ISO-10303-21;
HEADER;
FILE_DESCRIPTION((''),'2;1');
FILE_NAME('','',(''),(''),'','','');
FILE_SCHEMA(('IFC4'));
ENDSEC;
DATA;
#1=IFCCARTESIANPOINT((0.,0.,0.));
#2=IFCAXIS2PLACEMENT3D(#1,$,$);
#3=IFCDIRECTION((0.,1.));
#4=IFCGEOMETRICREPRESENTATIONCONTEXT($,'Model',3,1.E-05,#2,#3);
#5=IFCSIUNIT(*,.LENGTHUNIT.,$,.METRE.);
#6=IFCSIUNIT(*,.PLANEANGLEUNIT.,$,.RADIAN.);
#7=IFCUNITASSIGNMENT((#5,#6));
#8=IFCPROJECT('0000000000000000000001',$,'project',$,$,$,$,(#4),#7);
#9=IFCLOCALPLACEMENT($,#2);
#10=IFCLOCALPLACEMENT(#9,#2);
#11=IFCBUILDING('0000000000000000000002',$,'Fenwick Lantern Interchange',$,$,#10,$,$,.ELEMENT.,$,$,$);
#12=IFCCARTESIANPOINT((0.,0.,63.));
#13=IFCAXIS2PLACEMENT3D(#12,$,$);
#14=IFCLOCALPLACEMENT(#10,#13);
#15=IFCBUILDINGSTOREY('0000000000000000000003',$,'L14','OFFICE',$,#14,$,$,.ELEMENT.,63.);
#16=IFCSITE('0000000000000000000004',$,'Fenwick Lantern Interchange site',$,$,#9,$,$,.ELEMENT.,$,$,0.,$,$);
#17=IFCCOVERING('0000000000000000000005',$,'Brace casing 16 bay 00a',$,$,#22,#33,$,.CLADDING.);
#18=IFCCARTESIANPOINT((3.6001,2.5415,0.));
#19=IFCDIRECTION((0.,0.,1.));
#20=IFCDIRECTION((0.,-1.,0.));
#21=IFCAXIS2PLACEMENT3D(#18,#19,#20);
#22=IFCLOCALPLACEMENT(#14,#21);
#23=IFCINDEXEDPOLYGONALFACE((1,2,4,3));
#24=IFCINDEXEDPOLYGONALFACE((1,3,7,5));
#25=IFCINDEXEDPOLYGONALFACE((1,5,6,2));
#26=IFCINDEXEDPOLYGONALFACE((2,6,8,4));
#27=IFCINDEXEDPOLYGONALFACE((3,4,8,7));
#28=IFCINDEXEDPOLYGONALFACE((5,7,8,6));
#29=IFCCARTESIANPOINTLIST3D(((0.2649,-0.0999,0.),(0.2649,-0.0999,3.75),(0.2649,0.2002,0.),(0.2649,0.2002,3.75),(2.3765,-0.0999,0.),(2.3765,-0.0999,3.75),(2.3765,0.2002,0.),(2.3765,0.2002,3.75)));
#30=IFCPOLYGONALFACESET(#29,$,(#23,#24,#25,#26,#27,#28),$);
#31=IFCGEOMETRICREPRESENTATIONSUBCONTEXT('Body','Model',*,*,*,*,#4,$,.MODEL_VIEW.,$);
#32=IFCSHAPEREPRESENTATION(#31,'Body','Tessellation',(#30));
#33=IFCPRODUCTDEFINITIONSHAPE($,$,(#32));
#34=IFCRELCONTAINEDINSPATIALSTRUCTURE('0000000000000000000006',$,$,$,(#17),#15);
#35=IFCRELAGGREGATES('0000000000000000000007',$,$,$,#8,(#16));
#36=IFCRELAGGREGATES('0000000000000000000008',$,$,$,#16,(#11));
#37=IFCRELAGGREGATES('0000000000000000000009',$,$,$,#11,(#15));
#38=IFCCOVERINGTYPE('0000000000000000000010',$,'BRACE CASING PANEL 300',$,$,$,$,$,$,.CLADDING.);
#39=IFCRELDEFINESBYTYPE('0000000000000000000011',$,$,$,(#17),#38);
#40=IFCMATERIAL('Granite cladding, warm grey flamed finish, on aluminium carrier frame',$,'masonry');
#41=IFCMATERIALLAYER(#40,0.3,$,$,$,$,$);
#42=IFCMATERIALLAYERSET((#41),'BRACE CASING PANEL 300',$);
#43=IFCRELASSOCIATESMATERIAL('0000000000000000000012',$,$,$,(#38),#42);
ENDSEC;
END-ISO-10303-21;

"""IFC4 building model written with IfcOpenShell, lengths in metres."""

from ifc_helpers import new_model, si_unit, direction, frame, origin, place, context, subcontext, project, spatial, polyline, outline, extrude, material, layer, layer_set, type_object, element, save


model = new_model("IFC4")

# Units and contexts
model_context = context("Model", 3, precision=1e-05, world=origin(), true_north=direction((0.0, 1.0)))
body_context = subcontext(model_context, "Body", "Model", "MODEL_VIEW")
ifc_project = project(units=[si_unit("LENGTHUNIT", "METRE"), si_unit("PLANEANGLEUNIT", "RADIAN")], contexts=[model_context])

# Site, building, storey
site_placement = place(None, origin())
site = spatial("IfcSite", under=ifc_project, at=site_placement, Name="Fenwick Lantern Interchange site", CompositionType="ELEMENT", RefElevation=0.0)
building_placement = place(site_placement, origin())
building = spatial("IfcBuilding", under=site, at=building_placement, Name="Fenwick Lantern Interchange", CompositionType="ELEMENT")
storey_placement = place(building_placement, frame((0.0, 0.0, 63.0)))
storey = spatial("IfcBuildingStorey", under=building, at=storey_placement, Name="L14", Description="OFFICE", CompositionType="ELEMENT", Elevation=63.0)

# Covering
ifc_material_1 = material(Name="Granite cladding, warm grey flamed finish, on aluminium carrier frame", Category="masonry")
ifc_layer_1 = layer(ifc_material_1, 0.3)
ifc_layer_set_1 = layer_set([ifc_layer_1], Name="BRACE CASING PANEL 300")
covering_type = type_object("IfcCoveringType", Name="BRACE CASING PANEL 300", PredefinedType="CLADDING", material=ifc_layer_set_1)
covering_placement = place(storey_placement, frame((3.6001, 2.5415, 0.0), z_axis=(0.0, 0.0, 1.0), x_axis=(0.0, -1.0, 0.0)))
element("IfcCovering", 1, at=covering_placement, inside=storey, type_object=covering_type, Name="Brace casing 16 bay 00a", PredefinedType="CLADDING", context=body_context, shape_type="SweptSolid", body=[
    extrude(outline(polyline([(0.2649, 0.0), (2.3765, 0.0), (2.3765, 3.75), (0.2649, 3.75), (0.2649, 0.0)])), frame((0.0, 0.2002, 0.0), z_axis=(0.0, -1.0, 0.0), x_axis=(1.0, 0.0, 0.0)), (0.0, 0.0, 1.0), 0.3),
])

save(model, "model.ifc")
